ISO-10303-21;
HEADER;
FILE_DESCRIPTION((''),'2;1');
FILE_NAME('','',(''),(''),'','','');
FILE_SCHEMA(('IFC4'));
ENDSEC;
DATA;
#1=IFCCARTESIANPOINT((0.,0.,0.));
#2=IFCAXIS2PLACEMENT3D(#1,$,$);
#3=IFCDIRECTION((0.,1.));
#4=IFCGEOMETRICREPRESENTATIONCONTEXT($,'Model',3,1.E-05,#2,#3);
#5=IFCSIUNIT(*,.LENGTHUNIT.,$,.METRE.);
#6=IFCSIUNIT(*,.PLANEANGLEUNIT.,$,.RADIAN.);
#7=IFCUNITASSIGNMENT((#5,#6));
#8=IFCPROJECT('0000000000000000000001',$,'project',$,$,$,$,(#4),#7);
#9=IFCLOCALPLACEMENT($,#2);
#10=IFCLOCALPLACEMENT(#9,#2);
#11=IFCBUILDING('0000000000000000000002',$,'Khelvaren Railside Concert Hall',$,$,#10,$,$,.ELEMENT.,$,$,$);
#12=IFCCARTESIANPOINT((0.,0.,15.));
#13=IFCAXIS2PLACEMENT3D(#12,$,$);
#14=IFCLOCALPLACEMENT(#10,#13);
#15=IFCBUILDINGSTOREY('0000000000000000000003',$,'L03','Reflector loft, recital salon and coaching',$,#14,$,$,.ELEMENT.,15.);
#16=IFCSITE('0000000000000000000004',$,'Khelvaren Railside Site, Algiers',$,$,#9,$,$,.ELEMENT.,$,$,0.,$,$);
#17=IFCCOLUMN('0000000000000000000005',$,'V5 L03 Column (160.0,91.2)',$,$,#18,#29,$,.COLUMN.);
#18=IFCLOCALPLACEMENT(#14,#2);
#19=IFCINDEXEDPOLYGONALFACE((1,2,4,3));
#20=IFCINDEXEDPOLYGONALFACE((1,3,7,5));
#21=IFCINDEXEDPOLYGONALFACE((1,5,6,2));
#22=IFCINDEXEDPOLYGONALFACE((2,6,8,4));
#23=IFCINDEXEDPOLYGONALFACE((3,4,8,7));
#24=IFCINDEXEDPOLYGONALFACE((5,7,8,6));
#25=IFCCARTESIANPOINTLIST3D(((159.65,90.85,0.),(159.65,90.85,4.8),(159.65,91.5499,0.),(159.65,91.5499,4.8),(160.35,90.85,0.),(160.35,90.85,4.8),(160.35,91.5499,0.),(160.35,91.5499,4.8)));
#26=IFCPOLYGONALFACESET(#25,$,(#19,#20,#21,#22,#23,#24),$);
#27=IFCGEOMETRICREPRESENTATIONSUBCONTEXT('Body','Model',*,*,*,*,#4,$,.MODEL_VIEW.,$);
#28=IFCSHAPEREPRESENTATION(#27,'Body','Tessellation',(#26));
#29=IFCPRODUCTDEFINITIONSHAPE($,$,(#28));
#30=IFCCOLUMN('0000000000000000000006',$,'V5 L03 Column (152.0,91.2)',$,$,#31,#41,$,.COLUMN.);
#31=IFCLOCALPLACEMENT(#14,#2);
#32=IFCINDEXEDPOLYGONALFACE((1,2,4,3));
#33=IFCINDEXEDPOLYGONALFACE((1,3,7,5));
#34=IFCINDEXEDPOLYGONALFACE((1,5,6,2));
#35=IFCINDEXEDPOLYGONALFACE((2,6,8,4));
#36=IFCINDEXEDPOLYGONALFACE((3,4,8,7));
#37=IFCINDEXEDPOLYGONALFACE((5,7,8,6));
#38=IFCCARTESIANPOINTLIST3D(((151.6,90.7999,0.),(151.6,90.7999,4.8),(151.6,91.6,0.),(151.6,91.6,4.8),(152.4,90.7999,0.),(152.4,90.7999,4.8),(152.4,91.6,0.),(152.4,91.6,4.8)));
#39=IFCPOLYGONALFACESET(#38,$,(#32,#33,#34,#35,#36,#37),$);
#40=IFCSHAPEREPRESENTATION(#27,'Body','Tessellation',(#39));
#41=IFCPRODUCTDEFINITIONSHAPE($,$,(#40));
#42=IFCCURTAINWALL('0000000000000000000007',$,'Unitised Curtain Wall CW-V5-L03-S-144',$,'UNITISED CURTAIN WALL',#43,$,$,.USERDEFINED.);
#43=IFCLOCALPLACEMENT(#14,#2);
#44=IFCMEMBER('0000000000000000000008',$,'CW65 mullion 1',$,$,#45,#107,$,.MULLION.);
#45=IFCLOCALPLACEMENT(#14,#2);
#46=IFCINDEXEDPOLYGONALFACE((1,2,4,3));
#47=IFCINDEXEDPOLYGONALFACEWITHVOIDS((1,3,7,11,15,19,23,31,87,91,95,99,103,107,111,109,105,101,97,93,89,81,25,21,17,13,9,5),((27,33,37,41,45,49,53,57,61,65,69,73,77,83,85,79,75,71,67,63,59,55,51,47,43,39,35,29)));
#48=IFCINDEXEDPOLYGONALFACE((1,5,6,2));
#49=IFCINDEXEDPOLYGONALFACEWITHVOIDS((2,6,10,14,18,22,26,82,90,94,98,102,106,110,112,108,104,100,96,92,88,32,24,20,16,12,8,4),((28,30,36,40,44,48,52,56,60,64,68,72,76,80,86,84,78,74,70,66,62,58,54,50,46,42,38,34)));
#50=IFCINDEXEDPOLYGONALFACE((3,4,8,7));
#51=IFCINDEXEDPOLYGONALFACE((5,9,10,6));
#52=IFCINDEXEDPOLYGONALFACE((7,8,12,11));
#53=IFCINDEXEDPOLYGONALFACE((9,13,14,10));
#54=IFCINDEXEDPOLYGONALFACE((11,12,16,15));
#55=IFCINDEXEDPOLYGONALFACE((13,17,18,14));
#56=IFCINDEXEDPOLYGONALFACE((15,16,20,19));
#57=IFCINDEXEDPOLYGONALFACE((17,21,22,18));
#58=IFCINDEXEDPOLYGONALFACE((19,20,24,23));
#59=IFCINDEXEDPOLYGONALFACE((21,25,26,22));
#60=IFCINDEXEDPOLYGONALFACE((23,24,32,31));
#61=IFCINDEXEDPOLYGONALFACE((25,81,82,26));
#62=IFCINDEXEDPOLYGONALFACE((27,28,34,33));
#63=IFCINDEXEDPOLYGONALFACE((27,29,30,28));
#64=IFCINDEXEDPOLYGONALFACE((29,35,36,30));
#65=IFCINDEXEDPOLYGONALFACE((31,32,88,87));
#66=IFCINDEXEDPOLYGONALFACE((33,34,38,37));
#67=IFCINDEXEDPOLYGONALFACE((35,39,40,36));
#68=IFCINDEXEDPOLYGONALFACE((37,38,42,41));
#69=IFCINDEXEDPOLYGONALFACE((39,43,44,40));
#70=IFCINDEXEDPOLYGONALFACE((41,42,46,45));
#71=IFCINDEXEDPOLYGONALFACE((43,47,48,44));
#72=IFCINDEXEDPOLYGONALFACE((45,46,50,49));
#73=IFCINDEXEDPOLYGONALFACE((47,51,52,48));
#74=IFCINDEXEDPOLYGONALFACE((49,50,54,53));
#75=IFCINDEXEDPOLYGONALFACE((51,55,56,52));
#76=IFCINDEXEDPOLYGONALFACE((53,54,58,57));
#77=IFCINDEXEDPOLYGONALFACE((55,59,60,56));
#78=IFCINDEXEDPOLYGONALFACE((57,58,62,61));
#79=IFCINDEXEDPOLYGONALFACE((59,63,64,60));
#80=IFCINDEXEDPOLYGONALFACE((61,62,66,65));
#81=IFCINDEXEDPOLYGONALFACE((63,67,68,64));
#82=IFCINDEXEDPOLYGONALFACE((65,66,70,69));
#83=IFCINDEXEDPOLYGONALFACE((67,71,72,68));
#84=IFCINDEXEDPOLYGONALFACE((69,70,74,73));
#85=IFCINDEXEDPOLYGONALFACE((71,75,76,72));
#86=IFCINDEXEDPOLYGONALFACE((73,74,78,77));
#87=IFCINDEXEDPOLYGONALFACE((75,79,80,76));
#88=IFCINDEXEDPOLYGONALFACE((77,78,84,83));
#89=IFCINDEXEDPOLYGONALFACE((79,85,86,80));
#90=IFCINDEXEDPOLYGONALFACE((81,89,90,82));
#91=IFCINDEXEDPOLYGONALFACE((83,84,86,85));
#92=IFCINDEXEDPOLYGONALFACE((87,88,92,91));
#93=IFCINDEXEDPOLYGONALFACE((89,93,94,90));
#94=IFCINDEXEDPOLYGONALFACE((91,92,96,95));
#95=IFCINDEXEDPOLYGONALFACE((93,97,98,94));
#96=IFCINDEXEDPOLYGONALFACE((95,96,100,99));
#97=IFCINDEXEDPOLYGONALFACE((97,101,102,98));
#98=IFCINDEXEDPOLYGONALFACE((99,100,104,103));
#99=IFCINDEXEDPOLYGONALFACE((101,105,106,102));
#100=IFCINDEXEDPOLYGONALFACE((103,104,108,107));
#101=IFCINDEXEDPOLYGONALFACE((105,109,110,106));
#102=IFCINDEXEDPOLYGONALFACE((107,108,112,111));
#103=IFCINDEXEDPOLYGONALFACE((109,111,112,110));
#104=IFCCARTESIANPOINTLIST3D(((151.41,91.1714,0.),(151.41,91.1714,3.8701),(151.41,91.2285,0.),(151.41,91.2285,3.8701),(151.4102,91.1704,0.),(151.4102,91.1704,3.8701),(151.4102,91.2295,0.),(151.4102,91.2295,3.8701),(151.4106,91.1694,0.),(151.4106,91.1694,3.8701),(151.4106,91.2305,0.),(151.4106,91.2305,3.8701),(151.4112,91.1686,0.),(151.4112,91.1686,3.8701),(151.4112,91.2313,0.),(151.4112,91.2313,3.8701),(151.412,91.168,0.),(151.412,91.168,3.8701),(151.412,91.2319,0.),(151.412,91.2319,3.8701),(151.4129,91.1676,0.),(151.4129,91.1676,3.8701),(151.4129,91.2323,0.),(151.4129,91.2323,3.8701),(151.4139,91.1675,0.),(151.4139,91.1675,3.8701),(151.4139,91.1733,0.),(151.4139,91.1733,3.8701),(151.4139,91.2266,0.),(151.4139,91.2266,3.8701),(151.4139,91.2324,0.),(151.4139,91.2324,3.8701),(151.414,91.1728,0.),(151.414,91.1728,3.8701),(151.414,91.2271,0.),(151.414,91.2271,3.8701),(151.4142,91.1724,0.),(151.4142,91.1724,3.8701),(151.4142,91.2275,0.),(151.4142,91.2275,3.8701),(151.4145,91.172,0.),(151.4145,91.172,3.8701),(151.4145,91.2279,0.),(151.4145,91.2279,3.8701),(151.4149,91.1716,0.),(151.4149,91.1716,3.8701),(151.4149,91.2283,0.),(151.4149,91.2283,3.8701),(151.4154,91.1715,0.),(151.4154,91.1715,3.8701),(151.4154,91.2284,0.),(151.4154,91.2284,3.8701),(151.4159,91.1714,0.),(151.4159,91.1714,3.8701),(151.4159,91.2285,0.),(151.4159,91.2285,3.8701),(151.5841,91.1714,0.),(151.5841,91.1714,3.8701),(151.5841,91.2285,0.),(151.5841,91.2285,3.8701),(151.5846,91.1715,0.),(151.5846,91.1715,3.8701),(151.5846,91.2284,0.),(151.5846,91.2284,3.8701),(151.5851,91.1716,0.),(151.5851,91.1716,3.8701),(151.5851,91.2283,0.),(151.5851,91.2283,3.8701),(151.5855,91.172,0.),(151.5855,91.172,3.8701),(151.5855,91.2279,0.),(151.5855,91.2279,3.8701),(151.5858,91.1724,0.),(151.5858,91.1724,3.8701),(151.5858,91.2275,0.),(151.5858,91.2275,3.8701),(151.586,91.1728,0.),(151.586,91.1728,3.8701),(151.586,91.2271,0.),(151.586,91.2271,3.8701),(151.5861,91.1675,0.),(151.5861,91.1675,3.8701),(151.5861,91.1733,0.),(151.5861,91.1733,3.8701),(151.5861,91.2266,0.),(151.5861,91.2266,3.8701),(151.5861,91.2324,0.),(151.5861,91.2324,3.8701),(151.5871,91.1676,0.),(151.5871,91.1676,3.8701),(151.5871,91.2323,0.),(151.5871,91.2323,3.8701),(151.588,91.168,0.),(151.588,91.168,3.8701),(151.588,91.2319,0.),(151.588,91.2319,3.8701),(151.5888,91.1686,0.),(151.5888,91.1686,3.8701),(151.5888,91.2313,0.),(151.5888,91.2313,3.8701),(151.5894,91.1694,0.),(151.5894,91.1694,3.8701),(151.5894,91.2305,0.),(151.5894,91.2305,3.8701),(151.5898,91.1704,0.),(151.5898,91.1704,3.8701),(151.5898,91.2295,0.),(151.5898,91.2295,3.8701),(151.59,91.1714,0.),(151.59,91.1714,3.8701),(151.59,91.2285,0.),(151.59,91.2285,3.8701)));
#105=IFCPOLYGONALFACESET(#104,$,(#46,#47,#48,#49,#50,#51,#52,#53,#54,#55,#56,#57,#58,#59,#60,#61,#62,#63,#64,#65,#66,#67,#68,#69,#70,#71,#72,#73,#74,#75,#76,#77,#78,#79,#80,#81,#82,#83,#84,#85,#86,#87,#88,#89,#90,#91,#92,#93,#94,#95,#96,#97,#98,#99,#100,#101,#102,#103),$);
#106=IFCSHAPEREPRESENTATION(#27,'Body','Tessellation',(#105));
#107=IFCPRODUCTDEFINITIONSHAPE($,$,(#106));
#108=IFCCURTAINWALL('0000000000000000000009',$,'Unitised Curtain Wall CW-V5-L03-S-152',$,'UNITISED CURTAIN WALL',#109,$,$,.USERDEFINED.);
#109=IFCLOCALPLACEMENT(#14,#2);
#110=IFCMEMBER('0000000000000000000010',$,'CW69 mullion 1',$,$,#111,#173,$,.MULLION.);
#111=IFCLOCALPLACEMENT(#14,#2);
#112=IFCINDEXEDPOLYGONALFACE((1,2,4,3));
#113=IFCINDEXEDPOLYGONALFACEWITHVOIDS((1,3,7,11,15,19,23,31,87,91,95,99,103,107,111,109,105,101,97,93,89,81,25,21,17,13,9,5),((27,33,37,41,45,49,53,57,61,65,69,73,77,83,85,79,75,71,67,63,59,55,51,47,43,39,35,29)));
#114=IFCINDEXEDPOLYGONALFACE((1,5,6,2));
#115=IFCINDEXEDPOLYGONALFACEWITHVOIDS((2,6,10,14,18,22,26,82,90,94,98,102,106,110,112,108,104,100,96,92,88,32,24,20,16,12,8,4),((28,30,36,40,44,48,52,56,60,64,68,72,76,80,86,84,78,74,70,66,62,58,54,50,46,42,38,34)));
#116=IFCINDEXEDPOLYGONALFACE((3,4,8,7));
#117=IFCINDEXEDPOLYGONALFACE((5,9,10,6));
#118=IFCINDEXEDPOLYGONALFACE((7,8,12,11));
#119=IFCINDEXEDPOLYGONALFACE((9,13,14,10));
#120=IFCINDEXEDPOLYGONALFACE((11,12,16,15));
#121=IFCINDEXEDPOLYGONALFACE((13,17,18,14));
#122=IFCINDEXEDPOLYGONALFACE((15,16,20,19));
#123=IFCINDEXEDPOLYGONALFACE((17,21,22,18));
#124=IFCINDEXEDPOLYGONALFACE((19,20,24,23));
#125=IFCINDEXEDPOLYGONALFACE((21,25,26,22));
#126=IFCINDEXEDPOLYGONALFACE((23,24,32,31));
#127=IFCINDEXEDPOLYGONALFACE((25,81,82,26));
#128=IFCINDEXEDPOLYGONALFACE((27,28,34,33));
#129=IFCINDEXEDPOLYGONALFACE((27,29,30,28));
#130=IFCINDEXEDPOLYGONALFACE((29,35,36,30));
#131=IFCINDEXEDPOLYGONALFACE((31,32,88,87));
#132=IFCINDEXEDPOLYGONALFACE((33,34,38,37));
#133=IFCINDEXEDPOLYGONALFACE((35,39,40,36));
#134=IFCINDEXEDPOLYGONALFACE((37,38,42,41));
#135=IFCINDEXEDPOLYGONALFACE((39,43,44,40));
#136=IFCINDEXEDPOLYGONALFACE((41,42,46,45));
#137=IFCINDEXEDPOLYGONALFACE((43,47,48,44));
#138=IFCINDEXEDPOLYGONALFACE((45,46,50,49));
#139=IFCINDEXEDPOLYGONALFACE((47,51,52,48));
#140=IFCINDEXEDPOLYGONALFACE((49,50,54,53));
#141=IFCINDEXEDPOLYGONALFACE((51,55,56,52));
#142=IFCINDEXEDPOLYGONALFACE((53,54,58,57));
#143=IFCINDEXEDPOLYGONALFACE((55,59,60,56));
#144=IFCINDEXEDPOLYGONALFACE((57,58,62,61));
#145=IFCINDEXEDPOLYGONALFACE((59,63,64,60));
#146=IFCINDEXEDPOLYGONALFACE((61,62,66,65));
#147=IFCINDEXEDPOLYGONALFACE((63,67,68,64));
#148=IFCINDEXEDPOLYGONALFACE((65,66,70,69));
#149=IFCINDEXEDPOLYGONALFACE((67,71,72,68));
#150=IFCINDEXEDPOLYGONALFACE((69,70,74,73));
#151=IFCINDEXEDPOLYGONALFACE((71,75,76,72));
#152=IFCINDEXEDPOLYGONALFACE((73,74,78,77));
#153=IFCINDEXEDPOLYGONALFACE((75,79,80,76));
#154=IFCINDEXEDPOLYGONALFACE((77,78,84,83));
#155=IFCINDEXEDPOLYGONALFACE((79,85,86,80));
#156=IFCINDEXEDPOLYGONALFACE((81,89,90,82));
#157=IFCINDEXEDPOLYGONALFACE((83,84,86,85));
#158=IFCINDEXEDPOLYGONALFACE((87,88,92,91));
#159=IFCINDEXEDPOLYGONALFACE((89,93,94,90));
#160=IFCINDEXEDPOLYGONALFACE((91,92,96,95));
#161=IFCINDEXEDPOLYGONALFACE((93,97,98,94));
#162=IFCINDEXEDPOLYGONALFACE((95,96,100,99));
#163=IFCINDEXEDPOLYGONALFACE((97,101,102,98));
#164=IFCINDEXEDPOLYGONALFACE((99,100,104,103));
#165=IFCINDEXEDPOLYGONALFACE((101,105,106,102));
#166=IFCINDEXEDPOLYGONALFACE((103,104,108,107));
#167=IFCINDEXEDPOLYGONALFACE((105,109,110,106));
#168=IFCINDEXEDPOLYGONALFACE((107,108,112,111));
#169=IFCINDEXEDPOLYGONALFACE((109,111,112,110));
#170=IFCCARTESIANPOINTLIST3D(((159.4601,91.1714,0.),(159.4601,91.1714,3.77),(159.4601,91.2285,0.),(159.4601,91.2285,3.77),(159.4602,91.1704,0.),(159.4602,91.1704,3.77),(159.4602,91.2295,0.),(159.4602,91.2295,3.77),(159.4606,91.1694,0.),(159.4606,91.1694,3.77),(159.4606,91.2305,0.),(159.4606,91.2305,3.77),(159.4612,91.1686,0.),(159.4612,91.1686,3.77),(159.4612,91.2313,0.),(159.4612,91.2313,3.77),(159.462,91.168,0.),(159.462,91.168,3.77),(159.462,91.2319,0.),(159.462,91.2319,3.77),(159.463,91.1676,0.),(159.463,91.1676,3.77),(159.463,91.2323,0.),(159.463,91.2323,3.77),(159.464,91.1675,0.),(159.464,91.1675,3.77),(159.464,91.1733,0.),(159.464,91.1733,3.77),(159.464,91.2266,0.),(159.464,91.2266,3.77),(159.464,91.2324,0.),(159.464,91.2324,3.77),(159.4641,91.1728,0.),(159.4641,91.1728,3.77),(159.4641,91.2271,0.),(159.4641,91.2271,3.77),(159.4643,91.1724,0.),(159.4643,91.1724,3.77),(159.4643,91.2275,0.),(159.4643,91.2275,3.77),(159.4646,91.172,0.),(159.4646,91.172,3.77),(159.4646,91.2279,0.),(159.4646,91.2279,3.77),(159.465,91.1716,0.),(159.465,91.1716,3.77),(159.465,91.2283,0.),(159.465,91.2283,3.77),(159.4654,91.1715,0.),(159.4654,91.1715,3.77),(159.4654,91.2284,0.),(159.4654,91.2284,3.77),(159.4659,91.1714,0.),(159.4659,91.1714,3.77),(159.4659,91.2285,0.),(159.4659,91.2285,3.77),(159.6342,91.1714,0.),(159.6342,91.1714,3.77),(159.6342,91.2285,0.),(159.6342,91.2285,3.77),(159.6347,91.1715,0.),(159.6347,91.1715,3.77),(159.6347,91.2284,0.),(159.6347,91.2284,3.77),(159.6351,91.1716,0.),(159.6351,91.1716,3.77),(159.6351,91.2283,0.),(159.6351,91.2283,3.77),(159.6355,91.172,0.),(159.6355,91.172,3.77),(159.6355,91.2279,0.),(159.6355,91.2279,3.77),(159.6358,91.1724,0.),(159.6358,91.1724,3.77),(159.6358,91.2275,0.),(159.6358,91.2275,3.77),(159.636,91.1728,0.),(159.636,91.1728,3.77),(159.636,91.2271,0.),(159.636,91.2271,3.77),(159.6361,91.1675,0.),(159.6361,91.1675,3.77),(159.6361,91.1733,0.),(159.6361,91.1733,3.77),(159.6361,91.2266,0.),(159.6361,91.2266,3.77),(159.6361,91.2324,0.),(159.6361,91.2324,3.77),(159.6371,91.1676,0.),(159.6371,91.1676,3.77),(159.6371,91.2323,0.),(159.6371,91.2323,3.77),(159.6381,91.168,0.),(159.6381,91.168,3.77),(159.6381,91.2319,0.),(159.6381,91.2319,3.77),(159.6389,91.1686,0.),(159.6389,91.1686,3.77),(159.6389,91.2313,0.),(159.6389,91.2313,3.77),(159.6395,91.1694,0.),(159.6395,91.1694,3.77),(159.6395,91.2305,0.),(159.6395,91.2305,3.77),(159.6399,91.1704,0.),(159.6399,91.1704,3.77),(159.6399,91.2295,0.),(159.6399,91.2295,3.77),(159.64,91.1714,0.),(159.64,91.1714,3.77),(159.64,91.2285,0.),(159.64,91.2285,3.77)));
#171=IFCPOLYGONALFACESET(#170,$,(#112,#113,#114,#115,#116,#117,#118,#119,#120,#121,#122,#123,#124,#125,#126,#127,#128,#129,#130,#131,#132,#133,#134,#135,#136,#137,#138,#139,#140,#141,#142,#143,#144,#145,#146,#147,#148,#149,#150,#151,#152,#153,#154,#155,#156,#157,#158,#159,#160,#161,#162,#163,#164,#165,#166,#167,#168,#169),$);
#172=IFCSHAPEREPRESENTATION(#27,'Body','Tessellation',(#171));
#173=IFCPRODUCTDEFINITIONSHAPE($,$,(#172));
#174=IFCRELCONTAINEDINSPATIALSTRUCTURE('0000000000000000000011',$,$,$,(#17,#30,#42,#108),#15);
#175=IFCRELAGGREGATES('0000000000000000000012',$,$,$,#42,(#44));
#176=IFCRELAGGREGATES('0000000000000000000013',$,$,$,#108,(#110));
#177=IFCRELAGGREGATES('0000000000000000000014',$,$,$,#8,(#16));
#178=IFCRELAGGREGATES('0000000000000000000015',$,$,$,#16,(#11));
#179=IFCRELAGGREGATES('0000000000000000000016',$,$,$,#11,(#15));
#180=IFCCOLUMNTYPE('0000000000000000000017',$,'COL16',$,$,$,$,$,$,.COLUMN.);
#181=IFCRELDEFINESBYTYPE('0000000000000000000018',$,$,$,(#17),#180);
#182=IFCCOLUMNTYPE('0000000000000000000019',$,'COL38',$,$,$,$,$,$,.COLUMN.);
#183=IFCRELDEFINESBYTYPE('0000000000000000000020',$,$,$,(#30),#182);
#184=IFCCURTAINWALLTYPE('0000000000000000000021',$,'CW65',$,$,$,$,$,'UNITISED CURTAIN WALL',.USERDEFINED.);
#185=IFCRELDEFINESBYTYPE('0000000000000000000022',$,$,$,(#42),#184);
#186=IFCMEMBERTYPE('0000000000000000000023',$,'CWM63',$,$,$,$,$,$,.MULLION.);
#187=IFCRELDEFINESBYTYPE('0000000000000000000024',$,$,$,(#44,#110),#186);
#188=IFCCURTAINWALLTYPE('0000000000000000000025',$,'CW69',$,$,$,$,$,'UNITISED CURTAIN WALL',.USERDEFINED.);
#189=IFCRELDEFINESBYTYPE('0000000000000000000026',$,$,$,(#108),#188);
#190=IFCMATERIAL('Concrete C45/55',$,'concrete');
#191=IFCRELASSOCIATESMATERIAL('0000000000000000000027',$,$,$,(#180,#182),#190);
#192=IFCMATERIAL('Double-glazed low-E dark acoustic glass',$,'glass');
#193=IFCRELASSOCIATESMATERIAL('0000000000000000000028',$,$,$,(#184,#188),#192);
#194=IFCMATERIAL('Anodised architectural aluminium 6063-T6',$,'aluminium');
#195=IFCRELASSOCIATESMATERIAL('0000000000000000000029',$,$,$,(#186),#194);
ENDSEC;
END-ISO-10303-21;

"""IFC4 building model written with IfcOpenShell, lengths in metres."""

from ifc_helpers import new_model, si_unit, direction, frame, origin, origin_2d, place, context, subcontext, project, spatial, rectangle, hollow_rectangle, extrude, material, material_profile, profile_set, type_object, element, aggregate, save


model = new_model("IFC4")

# Units and contexts
model_context = context("Model", 3, precision=1e-05, world=origin(), true_north=direction((0.0, 1.0)))
body_context = subcontext(model_context, "Body", "Model", "MODEL_VIEW")
ifc_project = project(units=[si_unit("LENGTHUNIT", "METRE"), si_unit("PLANEANGLEUNIT", "RADIAN")], contexts=[model_context])

# Site, building, storey
site_placement = place(None, origin())
site = spatial("IfcSite", under=ifc_project, at=site_placement, Name="Khelvaren Railside Site, Algiers", CompositionType="ELEMENT", RefElevation=0.0)
building_placement = place(site_placement, origin())
building = spatial("IfcBuilding", under=site, at=building_placement, Name="Khelvaren Railside Concert Hall", CompositionType="ELEMENT")
storey_placement = place(building_placement, frame((0.0, 0.0, 15.0)))
storey = spatial("IfcBuildingStorey", under=building, at=storey_placement, Name="L03", Description="Reflector loft, recital salon and coaching", CompositionType="ELEMENT", Elevation=15.0)

# Columns
ifc_material_1 = material(Name="Concrete C45/55", Category="concrete")
ifc_material_profile_1 = material_profile(ifc_material_1, rectangle(XDim=0.7, YDim=0.7, at=origin_2d()), Name="RC 700x700")
ifc_profile_set_1 = profile_set([ifc_material_profile_1], Name="Concrete C45/55")
column_type_1 = type_object("IfcColumnType", Name="COL16", PredefinedType="COLUMN", material=ifc_profile_set_1)
column_1_placement = place(storey_placement, frame((160.0, 91.2, 0.0), z_axis=(0.0, 0.0, 1.0), x_axis=(1.0, 0.0, 0.0)))
element("IfcColumn", 1, at=column_1_placement, inside=storey, type_object=column_type_1, Name="V5 L03 Column (160.0,91.2)", PredefinedType="COLUMN", context=body_context, shape_type="SweptSolid", body=[
    extrude(rectangle(XDim=0.7, YDim=0.7, at=origin_2d()), origin(), (0.0, 0.0, 1.0), 4.8),
])
ifc_material_profile_2 = material_profile(ifc_material_1, rectangle(XDim=0.8, YDim=0.8, at=origin_2d()), Name="RC 800x800")
ifc_profile_set_2 = profile_set([ifc_material_profile_2], Name="Concrete C45/55")
column_type_2 = type_object("IfcColumnType", Name="COL38", PredefinedType="COLUMN", material=ifc_profile_set_2)
column_2_placement = place(storey_placement, frame((152.0, 91.2, 0.0), z_axis=(0.0, 0.0, 1.0), x_axis=(1.0, 0.0, 0.0)))
element("IfcColumn", 2, at=column_2_placement, inside=storey, type_object=column_type_2, Name="V5 L03 Column (152.0,91.2)", PredefinedType="COLUMN", context=body_context, shape_type="SweptSolid", body=[
    extrude(rectangle(XDim=0.8, YDim=0.8, at=origin_2d()), origin(), (0.0, 0.0, 1.0), 4.8),
])

# Curtain wall, member
ifc_material_2 = material(Name="Double-glazed low-E dark acoustic glass", Category="glass")
curtain_wall_type_1 = type_object("IfcCurtainWallType", Name="CW65", ElementType="UNITISED CURTAIN WALL", PredefinedType="USERDEFINED", material=ifc_material_2)
curtain_wall_1_placement = place(storey_placement, origin())
curtain_wall_1 = element("IfcCurtainWall", 3, at=curtain_wall_1_placement, inside=storey, type_object=curtain_wall_type_1, Name="Unitised Curtain Wall CW-V5-L03-S-144", ObjectType="UNITISED CURTAIN WALL", PredefinedType="USERDEFINED")
ifc_material_3 = material(Name="Anodised architectural aluminium 6063-T6", Category="aluminium")
ifc_material_profile_3 = material_profile(ifc_material_3, hollow_rectangle(XDim=0.0649, YDim=0.1799, WallThickness=0.0039, InnerFilletRadius=0.002, OuterFilletRadius=0.0039, at=origin_2d()), Name="CWM 65x180x4")
ifc_profile_set_3 = profile_set([ifc_material_profile_3], Name="Anodised architectural aluminium 6063-T6")
member_type_1 = type_object("IfcMemberType", Name="CWM63", PredefinedType="MULLION", material=ifc_profile_set_3)
member_1_placement = place(storey_placement, frame((151.5, 91.2, 0.0), z_axis=(0.0, 0.0, 1.0), x_axis=(0.0, -1.0, 0.0)))
member_1 = element("IfcMember", 4, at=member_1_placement, type_object=member_type_1, Name="CW65 mullion 1", PredefinedType="MULLION", context=body_context, shape_type="SweptSolid", body=[
    extrude(hollow_rectangle(XDim=0.0649, YDim=0.1799, WallThickness=0.0039, InnerFilletRadius=0.002, OuterFilletRadius=0.0039, at=origin_2d()), origin(), (0.0, 0.0, 1.0), 3.8701),
])

# Curtain wall, member
curtain_wall_type_2 = type_object("IfcCurtainWallType", Name="CW69", ElementType="UNITISED CURTAIN WALL", PredefinedType="USERDEFINED", material=ifc_material_2)
curtain_wall_2_placement = place(storey_placement, origin())
curtain_wall_2 = element("IfcCurtainWall", 5, at=curtain_wall_2_placement, inside=storey, type_object=curtain_wall_type_2, Name="Unitised Curtain Wall CW-V5-L03-S-152", ObjectType="UNITISED CURTAIN WALL", PredefinedType="USERDEFINED")
member_2_placement = place(storey_placement, frame((159.55, 91.2, 0.0), z_axis=(0.0, 0.0, 1.0), x_axis=(0.0, -1.0, 0.0)))
member_2 = element("IfcMember", 6, at=member_2_placement, type_object=member_type_1, Name="CW69 mullion 1", PredefinedType="MULLION", context=body_context, shape_type="SweptSolid", body=[
    extrude(hollow_rectangle(XDim=0.0649, YDim=0.1799, WallThickness=0.0039, InnerFilletRadius=0.002, OuterFilletRadius=0.0039, at=origin_2d()), origin(), (0.0, 0.0, 1.0), 3.77),
])

aggregate(curtain_wall_1, [member_1])

aggregate(curtain_wall_2, [member_2])

save(model, "model.ifc")
